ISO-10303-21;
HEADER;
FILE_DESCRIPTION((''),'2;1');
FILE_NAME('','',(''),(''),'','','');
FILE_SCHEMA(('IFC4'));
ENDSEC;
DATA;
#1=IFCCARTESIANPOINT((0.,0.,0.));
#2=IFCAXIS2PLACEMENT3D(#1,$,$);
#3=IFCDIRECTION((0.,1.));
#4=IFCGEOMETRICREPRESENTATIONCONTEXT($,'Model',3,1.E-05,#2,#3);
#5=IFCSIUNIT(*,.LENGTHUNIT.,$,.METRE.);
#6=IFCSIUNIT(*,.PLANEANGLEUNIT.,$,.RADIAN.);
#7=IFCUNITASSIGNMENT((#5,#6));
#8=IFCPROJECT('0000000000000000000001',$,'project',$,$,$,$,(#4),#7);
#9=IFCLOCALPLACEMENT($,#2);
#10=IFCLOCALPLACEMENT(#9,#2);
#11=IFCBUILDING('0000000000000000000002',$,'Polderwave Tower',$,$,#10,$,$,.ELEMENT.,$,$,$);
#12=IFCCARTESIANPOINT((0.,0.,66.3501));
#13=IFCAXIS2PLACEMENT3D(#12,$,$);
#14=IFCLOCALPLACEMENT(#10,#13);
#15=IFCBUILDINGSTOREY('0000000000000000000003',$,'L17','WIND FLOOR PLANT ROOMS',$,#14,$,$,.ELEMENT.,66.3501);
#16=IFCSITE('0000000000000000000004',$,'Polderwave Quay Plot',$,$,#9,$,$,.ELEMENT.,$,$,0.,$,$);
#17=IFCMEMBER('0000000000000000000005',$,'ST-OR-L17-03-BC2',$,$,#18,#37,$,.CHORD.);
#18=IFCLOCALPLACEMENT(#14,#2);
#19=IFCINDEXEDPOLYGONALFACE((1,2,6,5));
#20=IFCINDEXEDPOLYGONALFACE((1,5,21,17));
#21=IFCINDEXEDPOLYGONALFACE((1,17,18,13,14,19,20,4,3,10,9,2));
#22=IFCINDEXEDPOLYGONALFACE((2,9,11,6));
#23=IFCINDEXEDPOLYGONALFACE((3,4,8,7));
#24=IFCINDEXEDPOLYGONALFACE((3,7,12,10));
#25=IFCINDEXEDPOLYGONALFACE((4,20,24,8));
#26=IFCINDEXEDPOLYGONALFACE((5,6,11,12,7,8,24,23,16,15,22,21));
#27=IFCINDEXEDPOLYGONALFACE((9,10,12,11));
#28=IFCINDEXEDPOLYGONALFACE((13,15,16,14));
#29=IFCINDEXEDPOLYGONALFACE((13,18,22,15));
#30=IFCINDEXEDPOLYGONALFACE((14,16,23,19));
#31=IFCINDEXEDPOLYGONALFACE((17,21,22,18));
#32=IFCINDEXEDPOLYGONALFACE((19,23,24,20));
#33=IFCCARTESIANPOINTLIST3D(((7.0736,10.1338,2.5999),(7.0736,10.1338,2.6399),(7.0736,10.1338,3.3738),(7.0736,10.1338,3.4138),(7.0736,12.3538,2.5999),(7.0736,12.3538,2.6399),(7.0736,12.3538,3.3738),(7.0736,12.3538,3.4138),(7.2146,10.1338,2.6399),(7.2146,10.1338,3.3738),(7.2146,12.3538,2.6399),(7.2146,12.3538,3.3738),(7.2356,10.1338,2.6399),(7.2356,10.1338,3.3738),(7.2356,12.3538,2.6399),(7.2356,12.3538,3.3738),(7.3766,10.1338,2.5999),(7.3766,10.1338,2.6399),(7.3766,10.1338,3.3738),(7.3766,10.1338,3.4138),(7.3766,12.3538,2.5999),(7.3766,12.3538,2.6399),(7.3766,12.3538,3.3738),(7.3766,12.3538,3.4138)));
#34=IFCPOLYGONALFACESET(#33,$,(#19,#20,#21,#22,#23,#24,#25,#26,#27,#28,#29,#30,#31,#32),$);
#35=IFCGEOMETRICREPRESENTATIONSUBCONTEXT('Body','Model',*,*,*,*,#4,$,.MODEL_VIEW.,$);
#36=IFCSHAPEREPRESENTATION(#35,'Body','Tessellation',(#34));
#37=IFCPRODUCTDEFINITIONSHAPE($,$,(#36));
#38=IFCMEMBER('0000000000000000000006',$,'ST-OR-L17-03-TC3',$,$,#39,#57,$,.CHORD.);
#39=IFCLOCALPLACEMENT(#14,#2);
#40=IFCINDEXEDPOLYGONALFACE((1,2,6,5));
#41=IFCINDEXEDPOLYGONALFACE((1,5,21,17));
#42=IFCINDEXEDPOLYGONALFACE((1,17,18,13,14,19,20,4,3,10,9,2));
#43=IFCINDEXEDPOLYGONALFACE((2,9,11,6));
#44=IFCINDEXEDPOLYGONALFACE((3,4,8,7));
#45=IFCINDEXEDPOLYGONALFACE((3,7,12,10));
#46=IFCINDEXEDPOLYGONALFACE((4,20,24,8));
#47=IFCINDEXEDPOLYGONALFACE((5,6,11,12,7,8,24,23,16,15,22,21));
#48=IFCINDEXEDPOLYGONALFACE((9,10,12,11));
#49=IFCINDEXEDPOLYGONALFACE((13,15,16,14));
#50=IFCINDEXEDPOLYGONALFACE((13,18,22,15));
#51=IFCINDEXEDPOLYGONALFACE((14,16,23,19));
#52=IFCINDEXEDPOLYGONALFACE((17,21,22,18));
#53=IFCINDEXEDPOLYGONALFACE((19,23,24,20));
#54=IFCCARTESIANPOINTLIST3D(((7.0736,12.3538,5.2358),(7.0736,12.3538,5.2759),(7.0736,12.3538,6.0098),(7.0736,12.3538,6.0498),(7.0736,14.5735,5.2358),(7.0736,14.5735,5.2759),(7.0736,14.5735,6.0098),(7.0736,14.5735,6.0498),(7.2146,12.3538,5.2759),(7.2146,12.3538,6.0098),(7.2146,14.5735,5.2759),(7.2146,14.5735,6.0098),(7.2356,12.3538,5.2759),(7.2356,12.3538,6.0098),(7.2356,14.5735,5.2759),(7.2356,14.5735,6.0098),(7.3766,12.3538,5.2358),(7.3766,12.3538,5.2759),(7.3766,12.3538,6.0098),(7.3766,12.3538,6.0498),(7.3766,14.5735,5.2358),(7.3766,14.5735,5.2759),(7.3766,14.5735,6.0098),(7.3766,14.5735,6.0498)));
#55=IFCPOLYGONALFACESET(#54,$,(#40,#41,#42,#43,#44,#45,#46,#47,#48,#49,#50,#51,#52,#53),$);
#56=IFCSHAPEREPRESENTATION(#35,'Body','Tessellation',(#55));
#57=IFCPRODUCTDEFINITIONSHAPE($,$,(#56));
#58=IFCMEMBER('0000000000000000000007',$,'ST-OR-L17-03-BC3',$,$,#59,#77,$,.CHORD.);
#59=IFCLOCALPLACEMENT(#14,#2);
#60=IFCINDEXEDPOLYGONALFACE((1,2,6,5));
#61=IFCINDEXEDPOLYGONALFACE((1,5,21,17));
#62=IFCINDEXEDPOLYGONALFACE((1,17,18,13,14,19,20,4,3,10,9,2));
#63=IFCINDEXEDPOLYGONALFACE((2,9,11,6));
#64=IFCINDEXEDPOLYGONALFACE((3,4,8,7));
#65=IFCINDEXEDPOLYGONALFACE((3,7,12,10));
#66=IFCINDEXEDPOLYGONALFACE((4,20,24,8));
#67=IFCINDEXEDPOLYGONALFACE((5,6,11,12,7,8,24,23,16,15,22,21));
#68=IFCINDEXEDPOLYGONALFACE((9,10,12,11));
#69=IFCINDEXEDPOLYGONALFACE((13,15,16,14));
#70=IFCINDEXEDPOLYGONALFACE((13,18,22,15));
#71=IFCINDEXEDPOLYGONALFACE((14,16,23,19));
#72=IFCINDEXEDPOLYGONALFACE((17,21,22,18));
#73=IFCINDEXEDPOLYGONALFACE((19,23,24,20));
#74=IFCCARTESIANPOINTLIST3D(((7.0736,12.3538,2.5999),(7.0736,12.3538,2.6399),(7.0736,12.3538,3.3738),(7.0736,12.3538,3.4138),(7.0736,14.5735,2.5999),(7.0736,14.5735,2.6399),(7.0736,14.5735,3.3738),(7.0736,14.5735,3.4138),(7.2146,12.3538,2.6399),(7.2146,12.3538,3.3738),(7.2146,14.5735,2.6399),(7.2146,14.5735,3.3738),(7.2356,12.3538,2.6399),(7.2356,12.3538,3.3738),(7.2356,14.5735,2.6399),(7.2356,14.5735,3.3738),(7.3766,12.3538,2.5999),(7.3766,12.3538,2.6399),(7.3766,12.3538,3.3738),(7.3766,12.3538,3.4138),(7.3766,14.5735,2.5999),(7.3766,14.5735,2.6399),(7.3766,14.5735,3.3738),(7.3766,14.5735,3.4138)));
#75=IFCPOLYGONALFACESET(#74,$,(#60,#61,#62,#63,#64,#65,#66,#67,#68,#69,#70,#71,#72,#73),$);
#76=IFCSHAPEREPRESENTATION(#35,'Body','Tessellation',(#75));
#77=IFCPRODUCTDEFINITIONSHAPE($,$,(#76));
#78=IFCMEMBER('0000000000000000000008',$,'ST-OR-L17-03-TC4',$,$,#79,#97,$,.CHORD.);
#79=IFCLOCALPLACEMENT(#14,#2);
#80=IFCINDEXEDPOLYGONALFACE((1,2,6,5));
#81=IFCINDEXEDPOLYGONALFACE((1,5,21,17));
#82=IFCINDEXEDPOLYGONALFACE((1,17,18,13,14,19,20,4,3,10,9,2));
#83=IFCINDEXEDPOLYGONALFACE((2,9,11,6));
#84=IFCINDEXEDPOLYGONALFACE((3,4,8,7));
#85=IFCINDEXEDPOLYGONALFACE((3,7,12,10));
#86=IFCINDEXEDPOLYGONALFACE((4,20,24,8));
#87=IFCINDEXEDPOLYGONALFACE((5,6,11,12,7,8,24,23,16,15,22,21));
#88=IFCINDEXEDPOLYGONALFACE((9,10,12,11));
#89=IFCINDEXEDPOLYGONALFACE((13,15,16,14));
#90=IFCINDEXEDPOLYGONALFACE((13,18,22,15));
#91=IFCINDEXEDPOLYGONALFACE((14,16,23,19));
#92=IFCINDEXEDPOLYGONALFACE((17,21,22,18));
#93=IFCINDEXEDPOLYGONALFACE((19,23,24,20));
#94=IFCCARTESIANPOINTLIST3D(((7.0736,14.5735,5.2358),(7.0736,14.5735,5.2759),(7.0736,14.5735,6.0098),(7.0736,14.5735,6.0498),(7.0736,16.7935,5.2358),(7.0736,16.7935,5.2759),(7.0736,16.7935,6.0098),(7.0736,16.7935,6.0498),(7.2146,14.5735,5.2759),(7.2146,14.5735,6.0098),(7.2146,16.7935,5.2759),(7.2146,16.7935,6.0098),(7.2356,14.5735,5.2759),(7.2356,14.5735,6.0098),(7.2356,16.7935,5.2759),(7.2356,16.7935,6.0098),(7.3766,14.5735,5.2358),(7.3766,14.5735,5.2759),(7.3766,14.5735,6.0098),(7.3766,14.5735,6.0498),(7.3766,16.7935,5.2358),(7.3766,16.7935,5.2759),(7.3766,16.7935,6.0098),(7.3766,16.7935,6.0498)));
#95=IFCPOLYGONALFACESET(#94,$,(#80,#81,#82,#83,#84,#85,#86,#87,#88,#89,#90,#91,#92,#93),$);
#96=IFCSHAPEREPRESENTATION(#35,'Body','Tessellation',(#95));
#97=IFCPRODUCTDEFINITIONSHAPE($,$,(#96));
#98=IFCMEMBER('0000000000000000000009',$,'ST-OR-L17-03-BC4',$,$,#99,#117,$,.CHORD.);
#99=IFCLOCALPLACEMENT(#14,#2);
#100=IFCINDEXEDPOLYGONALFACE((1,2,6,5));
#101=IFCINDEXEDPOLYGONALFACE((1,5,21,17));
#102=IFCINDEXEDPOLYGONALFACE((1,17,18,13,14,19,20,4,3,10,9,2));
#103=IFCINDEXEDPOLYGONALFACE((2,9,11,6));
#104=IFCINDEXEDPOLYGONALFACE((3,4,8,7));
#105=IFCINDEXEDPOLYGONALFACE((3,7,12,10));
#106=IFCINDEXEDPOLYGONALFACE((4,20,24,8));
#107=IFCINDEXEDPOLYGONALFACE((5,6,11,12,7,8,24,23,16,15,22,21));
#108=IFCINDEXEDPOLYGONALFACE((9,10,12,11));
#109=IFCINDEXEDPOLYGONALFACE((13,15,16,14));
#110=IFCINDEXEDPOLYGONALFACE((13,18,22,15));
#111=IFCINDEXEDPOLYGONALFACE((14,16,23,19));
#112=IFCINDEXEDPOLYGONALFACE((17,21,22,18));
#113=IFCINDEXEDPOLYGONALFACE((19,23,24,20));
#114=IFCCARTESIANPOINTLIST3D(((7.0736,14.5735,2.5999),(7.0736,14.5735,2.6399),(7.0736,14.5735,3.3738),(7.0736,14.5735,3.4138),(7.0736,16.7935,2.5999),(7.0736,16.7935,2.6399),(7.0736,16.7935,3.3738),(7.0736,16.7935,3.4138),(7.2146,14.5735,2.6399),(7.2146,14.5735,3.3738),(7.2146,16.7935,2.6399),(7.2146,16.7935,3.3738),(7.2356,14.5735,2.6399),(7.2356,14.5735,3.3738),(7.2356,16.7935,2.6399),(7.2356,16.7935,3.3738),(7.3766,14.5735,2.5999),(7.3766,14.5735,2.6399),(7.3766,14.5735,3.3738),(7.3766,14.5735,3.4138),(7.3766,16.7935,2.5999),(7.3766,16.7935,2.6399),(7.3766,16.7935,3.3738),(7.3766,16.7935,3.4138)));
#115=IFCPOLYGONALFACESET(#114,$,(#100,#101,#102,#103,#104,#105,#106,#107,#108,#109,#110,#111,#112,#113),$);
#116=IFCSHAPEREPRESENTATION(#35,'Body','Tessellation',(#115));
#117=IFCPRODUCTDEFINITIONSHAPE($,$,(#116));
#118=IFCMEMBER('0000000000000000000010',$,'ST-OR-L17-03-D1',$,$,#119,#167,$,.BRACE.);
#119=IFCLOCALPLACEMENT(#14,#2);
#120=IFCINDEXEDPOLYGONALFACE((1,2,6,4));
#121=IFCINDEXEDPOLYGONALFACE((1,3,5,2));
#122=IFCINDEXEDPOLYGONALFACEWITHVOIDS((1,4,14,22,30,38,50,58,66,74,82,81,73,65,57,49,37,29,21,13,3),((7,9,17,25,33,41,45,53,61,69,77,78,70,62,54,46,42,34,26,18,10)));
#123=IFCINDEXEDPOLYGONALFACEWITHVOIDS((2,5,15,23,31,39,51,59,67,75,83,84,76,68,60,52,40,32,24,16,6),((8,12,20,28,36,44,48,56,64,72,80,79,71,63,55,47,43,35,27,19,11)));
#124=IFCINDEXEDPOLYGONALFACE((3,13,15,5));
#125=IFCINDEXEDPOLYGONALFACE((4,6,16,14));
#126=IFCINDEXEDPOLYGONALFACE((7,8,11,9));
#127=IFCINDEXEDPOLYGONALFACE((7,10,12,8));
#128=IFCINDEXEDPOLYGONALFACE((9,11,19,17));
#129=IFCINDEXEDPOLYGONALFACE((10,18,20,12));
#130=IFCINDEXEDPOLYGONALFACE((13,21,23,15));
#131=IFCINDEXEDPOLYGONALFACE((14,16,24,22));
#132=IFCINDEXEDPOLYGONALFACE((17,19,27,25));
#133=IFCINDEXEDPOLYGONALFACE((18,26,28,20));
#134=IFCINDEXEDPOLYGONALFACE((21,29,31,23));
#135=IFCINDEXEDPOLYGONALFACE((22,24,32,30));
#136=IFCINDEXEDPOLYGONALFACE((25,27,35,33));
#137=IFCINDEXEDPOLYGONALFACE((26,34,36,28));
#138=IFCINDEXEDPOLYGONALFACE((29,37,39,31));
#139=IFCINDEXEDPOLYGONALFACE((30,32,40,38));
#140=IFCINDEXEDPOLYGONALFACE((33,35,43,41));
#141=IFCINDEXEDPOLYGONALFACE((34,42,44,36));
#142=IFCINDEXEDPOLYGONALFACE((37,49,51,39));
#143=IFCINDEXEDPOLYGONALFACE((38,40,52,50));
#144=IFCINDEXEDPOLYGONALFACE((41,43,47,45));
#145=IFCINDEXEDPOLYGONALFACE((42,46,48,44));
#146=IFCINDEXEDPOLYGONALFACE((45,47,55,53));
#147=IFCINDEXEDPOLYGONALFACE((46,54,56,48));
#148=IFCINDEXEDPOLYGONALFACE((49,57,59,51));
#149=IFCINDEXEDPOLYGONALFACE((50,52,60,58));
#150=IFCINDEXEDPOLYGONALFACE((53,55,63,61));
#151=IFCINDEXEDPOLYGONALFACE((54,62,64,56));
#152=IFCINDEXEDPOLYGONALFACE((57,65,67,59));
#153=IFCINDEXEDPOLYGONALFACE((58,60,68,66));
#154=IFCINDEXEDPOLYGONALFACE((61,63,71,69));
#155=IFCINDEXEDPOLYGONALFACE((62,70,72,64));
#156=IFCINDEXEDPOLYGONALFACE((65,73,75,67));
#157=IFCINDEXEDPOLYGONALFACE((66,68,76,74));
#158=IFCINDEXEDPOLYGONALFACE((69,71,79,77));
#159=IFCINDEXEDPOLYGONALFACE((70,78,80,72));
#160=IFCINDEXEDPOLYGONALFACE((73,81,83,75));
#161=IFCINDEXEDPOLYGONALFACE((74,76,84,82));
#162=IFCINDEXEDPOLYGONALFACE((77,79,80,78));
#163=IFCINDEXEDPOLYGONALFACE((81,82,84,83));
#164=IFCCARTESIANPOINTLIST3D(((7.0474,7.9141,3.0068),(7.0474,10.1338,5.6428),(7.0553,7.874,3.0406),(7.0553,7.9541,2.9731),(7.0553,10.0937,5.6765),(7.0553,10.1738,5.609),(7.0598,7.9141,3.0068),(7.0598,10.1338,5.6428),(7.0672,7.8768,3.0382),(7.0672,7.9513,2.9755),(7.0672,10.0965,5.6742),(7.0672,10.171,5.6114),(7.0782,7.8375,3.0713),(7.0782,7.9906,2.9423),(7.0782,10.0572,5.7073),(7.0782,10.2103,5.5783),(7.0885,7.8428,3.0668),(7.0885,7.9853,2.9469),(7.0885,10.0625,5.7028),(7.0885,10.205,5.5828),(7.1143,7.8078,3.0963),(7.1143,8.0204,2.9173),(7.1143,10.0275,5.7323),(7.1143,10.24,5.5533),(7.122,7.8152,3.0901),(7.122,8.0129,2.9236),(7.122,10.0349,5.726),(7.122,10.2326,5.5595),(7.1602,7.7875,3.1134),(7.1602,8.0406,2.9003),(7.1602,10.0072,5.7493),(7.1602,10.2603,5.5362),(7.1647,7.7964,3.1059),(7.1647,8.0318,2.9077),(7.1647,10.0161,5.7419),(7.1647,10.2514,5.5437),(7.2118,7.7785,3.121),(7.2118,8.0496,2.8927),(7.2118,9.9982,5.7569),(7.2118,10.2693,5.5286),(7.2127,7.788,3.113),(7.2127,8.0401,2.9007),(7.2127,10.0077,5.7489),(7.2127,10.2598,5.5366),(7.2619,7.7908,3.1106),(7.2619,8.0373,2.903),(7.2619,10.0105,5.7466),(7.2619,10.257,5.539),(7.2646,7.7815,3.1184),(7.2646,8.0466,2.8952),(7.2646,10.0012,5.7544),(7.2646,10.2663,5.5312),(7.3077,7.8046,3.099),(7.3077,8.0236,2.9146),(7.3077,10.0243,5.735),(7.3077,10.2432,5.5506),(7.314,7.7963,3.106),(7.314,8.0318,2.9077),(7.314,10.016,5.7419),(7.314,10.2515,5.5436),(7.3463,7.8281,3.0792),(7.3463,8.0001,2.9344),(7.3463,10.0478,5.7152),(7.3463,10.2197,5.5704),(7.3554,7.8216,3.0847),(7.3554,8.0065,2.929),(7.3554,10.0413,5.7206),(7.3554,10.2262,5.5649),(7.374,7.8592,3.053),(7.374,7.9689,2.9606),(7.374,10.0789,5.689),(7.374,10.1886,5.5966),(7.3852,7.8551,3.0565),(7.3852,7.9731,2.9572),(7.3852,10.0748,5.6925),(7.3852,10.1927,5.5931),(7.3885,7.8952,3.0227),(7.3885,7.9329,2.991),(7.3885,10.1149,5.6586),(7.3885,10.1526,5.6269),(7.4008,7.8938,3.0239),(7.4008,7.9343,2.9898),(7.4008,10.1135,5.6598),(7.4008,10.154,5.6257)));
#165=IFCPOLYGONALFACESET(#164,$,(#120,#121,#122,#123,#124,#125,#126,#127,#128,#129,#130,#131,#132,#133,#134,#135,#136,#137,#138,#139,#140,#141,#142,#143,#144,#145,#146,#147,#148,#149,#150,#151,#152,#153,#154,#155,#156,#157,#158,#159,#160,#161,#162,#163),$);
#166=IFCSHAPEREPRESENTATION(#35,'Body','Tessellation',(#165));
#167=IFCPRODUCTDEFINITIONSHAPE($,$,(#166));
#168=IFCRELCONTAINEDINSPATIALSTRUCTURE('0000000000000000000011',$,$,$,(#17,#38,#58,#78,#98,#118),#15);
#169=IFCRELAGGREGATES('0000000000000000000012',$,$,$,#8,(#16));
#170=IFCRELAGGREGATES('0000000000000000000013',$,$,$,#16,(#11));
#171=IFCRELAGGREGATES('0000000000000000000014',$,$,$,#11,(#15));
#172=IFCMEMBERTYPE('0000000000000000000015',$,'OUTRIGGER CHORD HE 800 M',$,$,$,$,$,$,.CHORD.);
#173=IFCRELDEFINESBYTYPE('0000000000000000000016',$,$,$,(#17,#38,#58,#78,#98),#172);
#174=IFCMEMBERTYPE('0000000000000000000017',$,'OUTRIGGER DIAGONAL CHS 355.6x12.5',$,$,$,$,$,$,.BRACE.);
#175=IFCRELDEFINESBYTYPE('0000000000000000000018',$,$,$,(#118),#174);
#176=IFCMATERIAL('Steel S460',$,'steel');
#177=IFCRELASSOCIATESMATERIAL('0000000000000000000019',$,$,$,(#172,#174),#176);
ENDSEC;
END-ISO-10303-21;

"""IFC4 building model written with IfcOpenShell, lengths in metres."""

from ifc_helpers import new_model, si_unit, direction, frame, origin, origin_2d, place, context, subcontext, project, spatial, hollow_circle, i_section, extrude, material, material_profile, profile_set, type_object, element, save


model = new_model("IFC4")

# Units and contexts
model_context = context("Model", 3, precision=1e-05, world=origin(), true_north=direction((0.0, 1.0)))
body_context = subcontext(model_context, "Body", "Model", "MODEL_VIEW")
ifc_project = project(units=[si_unit("LENGTHUNIT", "METRE"), si_unit("PLANEANGLEUNIT", "RADIAN")], contexts=[model_context])

# Site, building, storey
site_placement = place(None, origin())
site = spatial("IfcSite", under=ifc_project, at=site_placement, Name="Polderwave Quay Plot", CompositionType="ELEMENT", RefElevation=0.0)
building_placement = place(site_placement, origin())
building = spatial("IfcBuilding", under=site, at=building_placement, Name="Polderwave Tower", CompositionType="ELEMENT")
storey_placement = place(building_placement, frame((0.0, 0.0, 66.3501)))
storey = spatial("IfcBuildingStorey", under=building, at=storey_placement, Name="L17", Description="WIND FLOOR PLANT ROOMS", CompositionType="ELEMENT", Elevation=66.3501)

# Members
ifc_material_1 = material(Name="Steel S460", Category="steel")
ifc_material_profile_1 = material_profile(ifc_material_1, i_section(OverallWidth=0.303, OverallDepth=0.814, WebThickness=0.021, FlangeThickness=0.04, at=origin_2d()), Name="HE 800 M")
ifc_profile_set_1 = profile_set([ifc_material_profile_1], Name="Steel S460")
member_type_1 = type_object("IfcMemberType", Name="OUTRIGGER CHORD HE 800 M", PredefinedType="CHORD", material=ifc_profile_set_1)
for number, where, z_axis, x_axis, name in (
    (1, (7.2251, 10.1338, 3.0068), (0.0, 1.0, 0.0), (-1.0, 0.0, 0.0), "ST-OR-L17-03-BC2"),
):
    element("IfcMember", number, at=place(storey_placement, frame(where, z_axis=z_axis, x_axis=x_axis)), inside=storey, type_object=member_type_1, Name=name, PredefinedType="CHORD", context=body_context, shape_type="SweptSolid", body=[
        extrude(i_section(OverallWidth=0.303, OverallDepth=0.814, WebThickness=0.021, FlangeThickness=0.04, at=origin_2d()), origin(), (0.0, 0.0, 1.0), 2.22),
    ])
for number, where, z_axis, x_axis, name in (
    (2, (7.2251, 12.3538, 5.6428), (0.0, 1.0, 0.0), (-1.0, 0.0, 0.0), "ST-OR-L17-03-TC3"),
    (3, (7.2251, 12.3538, 3.0068), (0.0, 1.0, 0.0), (-1.0, 0.0, 0.0), "ST-OR-L17-03-BC3"),
):
    element("IfcMember", number, at=place(storey_placement, frame(where, z_axis=z_axis, x_axis=x_axis)), inside=storey, type_object=member_type_1, Name=name, PredefinedType="CHORD", context=body_context, shape_type="SweptSolid", body=[
        extrude(i_section(OverallWidth=0.303, OverallDepth=0.814, WebThickness=0.021, FlangeThickness=0.04, at=origin_2d()), origin(), (0.0, 0.0, 1.0), 2.2197),
    ])
for number, where, z_axis, x_axis, name in (
    (4, (7.2251, 14.5735, 5.6428), (0.0, 1.0, 0.0), (-1.0, 0.0, 0.0), "ST-OR-L17-03-TC4"),
    (5, (7.2251, 14.5735, 3.0068), (0.0, 1.0, 0.0), (-1.0, 0.0, 0.0), "ST-OR-L17-03-BC4"),
):
    element("IfcMember", number, at=place(storey_placement, frame(where, z_axis=z_axis, x_axis=x_axis)), inside=storey, type_object=member_type_1, Name=name, PredefinedType="CHORD", context=body_context, shape_type="SweptSolid", body=[
        extrude(i_section(OverallWidth=0.303, OverallDepth=0.814, WebThickness=0.021, FlangeThickness=0.04, at=origin_2d()), origin(), (0.0, 0.0, 1.0), 2.22),
    ])
ifc_material_profile_2 = material_profile(ifc_material_1, hollow_circle(Radius=0.1777, WallThickness=0.0125, at=origin_2d()), Name="CHS 355.6x12.5")
ifc_profile_set_2 = profile_set([ifc_material_profile_2], Name="Steel S460")
member_type_2 = type_object("IfcMemberType", Name="OUTRIGGER DIAGONAL CHS 355.6x12.5", PredefinedType="BRACE", material=ifc_profile_set_2)
member_1_placement = place(storey_placement, frame((7.2251, 7.9141, 3.0068), z_axis=(0.0, 0.644127, 0.764919), x_axis=(-1.0, 0.0, 0.0)))
element("IfcMember", 6, at=member_1_placement, inside=storey, type_object=member_type_2, Name="ST-OR-L17-03-D1", PredefinedType="BRACE", context=body_context, shape_type="SweptSolid", body=[
    extrude(hollow_circle(Radius=0.1777, WallThickness=0.0125, at=origin_2d()), origin(), (0.0, 0.0, 1.0), 3.446),
])

save(model, "model.ifc")
